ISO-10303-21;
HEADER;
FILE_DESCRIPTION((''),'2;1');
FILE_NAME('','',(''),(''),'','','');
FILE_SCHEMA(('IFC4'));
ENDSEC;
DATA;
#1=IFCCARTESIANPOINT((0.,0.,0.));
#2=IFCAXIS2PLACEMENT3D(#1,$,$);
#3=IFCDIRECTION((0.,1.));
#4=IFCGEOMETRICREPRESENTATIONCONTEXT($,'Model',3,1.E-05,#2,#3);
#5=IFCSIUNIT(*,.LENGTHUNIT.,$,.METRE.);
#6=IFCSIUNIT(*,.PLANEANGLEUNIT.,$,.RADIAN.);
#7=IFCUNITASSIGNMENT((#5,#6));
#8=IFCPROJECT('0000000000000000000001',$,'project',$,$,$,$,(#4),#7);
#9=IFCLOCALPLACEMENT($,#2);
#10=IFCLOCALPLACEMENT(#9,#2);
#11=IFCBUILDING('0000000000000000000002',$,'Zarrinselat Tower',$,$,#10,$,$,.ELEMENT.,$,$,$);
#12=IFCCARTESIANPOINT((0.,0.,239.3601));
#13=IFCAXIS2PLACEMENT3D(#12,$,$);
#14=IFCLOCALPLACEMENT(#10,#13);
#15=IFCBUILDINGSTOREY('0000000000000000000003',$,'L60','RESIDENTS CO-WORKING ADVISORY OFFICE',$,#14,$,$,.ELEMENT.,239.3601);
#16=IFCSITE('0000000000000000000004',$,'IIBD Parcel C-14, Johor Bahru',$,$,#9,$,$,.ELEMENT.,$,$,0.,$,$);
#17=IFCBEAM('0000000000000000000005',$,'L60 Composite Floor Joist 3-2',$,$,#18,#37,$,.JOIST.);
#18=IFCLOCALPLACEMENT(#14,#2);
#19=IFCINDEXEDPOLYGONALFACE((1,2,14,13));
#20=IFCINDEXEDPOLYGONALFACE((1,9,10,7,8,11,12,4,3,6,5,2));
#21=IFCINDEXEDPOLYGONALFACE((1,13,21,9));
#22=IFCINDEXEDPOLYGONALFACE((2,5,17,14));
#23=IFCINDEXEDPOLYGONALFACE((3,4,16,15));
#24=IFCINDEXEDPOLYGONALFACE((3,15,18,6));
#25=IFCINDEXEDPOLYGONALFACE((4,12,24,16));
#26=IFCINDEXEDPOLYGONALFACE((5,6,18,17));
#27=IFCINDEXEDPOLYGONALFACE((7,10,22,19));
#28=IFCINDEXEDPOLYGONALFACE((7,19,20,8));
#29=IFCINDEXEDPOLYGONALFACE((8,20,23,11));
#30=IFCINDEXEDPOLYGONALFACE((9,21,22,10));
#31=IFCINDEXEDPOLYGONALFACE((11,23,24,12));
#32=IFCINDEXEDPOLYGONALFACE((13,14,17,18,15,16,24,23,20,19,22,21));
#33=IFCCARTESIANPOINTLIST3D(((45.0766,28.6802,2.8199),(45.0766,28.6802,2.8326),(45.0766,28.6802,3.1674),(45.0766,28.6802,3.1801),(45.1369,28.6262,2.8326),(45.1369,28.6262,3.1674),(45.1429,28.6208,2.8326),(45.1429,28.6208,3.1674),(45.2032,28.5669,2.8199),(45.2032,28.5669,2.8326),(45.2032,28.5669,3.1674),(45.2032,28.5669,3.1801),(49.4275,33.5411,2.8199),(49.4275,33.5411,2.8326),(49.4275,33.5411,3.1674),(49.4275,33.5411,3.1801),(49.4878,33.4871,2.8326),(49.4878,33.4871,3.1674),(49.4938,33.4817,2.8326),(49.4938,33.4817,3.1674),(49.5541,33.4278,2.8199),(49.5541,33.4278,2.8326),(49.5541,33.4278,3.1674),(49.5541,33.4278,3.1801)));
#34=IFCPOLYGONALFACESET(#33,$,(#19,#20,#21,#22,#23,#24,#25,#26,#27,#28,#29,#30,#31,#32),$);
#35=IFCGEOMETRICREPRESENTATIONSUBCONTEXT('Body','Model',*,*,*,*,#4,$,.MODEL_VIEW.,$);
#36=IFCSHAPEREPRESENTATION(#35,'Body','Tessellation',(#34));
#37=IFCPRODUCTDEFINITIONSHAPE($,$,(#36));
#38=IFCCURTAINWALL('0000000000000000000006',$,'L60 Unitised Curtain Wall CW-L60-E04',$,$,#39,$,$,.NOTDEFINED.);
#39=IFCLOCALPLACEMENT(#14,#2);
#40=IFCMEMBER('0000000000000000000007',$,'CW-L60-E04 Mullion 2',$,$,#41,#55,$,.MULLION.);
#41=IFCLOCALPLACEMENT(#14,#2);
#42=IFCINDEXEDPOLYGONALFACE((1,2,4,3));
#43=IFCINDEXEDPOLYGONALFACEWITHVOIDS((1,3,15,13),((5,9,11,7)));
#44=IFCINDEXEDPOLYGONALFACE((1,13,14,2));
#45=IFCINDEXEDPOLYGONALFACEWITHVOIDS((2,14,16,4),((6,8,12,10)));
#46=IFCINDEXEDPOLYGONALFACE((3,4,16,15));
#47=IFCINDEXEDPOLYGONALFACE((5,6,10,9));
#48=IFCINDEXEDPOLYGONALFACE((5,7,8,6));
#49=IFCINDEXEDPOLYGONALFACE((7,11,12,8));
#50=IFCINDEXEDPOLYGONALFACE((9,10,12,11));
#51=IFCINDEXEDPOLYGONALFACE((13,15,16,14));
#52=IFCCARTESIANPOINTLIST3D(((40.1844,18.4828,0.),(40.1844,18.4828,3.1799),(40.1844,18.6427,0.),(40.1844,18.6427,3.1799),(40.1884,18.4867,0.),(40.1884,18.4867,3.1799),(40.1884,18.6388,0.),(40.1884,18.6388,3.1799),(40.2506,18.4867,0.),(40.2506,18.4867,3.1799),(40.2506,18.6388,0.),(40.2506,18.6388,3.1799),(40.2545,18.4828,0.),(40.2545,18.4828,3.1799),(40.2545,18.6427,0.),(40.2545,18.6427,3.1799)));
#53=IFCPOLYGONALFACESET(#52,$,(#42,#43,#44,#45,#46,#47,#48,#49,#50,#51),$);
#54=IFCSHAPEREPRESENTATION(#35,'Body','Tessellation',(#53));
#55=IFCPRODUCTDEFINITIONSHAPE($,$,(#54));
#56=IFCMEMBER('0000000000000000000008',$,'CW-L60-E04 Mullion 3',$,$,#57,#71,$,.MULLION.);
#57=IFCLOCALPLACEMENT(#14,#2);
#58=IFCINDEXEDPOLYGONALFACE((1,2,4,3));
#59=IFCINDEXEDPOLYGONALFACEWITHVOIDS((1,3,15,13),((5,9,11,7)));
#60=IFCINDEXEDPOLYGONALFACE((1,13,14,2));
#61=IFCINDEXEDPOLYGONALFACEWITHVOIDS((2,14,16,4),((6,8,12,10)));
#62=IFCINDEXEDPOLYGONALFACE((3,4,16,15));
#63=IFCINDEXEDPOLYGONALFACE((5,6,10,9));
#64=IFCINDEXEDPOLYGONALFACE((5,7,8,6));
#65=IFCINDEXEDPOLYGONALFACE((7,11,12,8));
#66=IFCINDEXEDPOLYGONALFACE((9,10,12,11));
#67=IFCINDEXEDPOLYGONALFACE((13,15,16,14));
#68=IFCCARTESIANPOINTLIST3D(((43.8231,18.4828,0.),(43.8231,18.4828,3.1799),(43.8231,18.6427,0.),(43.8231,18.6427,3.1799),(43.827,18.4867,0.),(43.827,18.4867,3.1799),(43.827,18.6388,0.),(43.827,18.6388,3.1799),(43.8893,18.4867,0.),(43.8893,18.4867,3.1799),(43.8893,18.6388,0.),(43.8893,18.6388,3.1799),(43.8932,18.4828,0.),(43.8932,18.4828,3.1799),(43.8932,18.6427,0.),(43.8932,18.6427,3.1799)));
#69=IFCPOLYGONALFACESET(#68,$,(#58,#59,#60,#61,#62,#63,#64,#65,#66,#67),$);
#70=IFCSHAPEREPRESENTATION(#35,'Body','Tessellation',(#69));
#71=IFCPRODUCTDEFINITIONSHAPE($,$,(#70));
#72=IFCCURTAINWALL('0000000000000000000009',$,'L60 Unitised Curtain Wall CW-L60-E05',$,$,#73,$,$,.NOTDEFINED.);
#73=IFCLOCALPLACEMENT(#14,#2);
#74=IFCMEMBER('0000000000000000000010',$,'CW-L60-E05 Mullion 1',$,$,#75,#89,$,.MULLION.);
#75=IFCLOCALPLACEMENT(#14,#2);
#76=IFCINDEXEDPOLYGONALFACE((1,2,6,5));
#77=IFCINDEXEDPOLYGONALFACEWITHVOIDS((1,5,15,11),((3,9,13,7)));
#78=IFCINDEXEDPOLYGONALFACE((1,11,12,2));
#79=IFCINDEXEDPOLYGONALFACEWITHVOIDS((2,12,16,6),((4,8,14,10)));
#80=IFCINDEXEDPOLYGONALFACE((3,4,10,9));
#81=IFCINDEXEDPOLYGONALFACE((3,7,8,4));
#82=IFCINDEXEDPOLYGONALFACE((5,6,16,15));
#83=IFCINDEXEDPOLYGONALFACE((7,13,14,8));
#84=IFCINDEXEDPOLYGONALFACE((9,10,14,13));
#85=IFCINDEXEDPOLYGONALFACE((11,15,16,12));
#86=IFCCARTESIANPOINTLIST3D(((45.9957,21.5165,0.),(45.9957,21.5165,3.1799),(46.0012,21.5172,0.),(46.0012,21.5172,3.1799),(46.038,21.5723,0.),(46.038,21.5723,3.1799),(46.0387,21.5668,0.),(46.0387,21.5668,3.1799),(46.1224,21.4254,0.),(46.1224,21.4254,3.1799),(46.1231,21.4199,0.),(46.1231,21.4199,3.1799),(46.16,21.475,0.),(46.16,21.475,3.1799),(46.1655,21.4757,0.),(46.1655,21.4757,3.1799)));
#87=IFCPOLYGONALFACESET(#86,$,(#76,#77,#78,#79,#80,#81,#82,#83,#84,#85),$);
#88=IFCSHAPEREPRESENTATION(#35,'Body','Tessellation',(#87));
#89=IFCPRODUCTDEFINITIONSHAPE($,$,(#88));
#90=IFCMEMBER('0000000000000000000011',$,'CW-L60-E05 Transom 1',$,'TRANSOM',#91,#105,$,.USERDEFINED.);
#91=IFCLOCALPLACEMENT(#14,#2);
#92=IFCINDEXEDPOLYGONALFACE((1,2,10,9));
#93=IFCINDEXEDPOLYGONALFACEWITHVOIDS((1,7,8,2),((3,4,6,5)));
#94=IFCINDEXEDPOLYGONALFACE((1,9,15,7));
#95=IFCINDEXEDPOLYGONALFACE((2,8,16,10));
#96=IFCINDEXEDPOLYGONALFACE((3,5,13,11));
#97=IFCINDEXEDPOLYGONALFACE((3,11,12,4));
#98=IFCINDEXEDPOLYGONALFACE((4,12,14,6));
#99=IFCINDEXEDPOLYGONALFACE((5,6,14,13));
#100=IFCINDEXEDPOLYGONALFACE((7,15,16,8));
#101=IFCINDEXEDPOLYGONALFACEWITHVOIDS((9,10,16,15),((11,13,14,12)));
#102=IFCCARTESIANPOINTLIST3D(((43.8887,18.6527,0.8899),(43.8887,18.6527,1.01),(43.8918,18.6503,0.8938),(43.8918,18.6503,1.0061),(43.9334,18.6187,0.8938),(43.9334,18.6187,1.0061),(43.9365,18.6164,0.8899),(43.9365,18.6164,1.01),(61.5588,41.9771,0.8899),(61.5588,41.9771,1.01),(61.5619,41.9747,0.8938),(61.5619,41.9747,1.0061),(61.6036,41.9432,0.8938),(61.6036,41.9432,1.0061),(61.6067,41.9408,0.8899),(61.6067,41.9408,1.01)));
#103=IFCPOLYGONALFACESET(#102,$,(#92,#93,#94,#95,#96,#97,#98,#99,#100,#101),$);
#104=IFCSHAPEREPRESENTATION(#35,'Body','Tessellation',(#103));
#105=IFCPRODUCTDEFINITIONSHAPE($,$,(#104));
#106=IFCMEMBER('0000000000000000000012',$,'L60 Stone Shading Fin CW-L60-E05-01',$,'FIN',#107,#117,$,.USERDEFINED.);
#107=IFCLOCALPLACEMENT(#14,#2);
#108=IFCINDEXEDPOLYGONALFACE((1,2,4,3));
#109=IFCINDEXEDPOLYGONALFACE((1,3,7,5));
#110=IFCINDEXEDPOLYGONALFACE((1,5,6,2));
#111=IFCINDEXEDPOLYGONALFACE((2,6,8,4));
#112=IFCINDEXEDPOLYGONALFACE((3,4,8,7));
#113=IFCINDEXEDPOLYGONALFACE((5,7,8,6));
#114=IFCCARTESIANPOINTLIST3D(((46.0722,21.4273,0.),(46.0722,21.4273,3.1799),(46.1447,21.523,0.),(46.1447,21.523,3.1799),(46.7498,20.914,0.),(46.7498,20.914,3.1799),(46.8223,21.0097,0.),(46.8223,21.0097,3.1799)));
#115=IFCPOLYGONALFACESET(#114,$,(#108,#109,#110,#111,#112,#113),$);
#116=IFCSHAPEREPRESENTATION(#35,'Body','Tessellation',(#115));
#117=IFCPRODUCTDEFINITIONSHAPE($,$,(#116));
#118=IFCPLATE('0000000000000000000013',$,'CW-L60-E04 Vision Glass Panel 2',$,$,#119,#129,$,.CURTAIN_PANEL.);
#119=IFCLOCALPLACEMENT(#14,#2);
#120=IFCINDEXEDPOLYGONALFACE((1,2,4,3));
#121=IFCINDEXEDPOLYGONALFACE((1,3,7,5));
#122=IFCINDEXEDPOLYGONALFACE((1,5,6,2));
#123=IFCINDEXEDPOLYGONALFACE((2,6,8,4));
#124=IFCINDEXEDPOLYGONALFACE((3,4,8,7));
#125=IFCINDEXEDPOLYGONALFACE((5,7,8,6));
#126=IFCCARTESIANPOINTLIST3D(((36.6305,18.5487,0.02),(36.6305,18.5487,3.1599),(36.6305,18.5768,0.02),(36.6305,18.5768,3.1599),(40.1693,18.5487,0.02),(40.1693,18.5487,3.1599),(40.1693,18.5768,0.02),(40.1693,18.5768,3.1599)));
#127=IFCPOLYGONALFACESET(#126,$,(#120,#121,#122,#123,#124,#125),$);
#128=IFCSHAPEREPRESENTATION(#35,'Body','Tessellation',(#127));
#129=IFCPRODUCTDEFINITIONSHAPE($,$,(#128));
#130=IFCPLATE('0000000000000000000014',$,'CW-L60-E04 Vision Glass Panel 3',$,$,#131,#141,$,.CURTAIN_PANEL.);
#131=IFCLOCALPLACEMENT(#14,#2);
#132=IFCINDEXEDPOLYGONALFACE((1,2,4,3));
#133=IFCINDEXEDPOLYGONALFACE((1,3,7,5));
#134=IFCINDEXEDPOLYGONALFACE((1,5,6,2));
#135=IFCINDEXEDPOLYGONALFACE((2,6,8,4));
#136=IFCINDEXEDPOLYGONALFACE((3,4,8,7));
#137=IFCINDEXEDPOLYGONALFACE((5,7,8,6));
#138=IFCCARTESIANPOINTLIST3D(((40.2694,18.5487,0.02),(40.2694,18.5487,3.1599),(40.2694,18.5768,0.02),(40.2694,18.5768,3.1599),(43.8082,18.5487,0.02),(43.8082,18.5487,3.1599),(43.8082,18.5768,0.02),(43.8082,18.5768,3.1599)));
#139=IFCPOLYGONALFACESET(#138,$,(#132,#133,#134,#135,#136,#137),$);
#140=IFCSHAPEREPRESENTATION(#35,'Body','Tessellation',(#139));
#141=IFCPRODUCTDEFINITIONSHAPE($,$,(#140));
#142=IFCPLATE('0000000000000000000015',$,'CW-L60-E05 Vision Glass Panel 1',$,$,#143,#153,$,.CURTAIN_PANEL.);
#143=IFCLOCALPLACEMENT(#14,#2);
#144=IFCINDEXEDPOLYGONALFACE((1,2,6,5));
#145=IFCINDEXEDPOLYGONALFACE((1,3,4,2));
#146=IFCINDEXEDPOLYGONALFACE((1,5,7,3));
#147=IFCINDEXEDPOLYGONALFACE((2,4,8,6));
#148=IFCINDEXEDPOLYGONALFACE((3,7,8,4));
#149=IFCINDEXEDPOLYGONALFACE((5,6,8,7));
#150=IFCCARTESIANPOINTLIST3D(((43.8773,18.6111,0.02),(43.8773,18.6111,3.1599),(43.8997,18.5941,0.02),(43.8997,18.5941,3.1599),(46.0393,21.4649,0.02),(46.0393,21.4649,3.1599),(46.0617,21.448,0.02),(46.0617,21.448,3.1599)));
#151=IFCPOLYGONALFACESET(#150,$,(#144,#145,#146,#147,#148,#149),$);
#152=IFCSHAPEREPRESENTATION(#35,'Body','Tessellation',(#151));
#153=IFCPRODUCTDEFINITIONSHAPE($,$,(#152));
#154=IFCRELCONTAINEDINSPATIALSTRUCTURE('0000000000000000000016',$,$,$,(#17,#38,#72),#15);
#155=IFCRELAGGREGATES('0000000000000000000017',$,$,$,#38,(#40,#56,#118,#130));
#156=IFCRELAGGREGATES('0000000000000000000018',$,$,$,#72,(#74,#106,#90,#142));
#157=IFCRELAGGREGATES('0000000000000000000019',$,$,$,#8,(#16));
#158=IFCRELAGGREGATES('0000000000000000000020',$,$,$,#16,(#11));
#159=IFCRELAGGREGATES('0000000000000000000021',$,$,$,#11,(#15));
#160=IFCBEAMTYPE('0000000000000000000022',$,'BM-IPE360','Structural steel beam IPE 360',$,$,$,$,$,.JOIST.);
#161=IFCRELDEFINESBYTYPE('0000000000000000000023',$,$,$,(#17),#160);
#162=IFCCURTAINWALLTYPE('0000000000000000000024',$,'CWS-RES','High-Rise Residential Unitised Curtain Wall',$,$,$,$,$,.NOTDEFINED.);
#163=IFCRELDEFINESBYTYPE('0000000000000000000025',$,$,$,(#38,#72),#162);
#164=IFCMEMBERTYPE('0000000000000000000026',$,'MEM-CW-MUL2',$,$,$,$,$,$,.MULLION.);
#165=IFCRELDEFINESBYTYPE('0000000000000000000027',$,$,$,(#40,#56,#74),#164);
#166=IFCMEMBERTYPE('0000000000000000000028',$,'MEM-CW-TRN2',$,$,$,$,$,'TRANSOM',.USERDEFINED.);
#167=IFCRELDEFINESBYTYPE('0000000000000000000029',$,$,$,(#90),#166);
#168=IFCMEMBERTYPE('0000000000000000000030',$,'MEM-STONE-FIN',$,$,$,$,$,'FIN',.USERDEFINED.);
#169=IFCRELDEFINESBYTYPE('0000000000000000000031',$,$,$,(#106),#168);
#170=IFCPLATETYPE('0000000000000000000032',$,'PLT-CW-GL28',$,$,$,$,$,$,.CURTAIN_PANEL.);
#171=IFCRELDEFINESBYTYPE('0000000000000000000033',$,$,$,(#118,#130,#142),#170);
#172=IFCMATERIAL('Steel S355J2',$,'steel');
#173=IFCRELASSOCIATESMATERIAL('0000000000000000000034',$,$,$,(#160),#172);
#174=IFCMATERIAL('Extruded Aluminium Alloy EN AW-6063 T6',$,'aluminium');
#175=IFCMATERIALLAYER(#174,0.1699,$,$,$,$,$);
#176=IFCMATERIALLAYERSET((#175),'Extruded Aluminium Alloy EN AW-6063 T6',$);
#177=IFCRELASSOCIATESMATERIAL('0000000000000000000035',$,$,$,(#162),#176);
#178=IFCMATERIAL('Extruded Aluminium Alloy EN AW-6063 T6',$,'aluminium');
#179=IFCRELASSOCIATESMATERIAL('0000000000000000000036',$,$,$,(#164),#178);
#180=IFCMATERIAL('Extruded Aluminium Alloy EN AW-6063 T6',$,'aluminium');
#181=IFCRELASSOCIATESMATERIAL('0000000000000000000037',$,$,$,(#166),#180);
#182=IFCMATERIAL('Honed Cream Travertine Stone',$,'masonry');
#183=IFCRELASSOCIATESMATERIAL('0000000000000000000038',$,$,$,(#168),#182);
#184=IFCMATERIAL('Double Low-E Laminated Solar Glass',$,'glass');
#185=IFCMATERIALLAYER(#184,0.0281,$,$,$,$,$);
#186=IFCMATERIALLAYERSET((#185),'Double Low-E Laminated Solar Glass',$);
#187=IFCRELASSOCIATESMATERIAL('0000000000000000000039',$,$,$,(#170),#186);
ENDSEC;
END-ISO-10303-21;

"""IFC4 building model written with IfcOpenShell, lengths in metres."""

from ifc_helpers import new_model, si_unit, direction, frame, origin, origin_2d, place, context, subcontext, project, spatial, rectangle, hollow_rectangle, i_section, extrude, material, layer, layer_set, material_profile, profile_set, type_object, element, aggregate, save


model = new_model("IFC4")

# Units and contexts
model_context = context("Model", 3, precision=1e-05, world=origin(), true_north=direction((0.0, 1.0)))
body_context = subcontext(model_context, "Body", "Model", "MODEL_VIEW")
ifc_project = project(units=[si_unit("LENGTHUNIT", "METRE"), si_unit("PLANEANGLEUNIT", "RADIAN")], contexts=[model_context])

# Site, building, storey
site_placement = place(None, origin())
site = spatial("IfcSite", under=ifc_project, at=site_placement, Name="IIBD Parcel C-14, Johor Bahru", CompositionType="ELEMENT", RefElevation=0.0)
building_placement = place(site_placement, origin())
building = spatial("IfcBuilding", under=site, at=building_placement, Name="Zarrinselat Tower", CompositionType="ELEMENT")
storey_placement = place(building_placement, frame((0.0, 0.0, 239.3601)))
storey = spatial("IfcBuildingStorey", under=building, at=storey_placement, Name="L60", Description="RESIDENTS CO-WORKING ADVISORY OFFICE", CompositionType="ELEMENT", Elevation=239.3601)

# Beam
ifc_material_1 = material(Name="Steel S355J2", Category="steel")
ifc_material_profile_1 = material_profile(ifc_material_1, i_section(OverallWidth=0.1699, OverallDepth=0.3601, WebThickness=0.0081, FlangeThickness=0.0127, at=origin_2d()), Name="IPE 360")
ifc_profile_set_1 = profile_set([ifc_material_profile_1], Name="Steel S355J2")
beam_type_1 = type_object("IfcBeamType", Name="BM-IPE360", Description="Structural steel beam IPE 360", PredefinedType="JOIST", material=ifc_profile_set_1)
beam_1_placement = place(storey_placement, frame((45.1399, 28.6235, 3.0), z_axis=(0.666936, 0.745115, 0.0), x_axis=(-0.745115, 0.666936, 0.0)))
element("IfcBeam", 1, at=beam_1_placement, inside=storey, type_object=beam_type_1, Name="L60 Composite Floor Joist 3-2", PredefinedType="JOIST", context=body_context, shape_type="SweptSolid", body=[
    extrude(i_section(OverallWidth=0.1699, OverallDepth=0.3601, WebThickness=0.0081, FlangeThickness=0.0127, at=origin_2d()), origin(), (0.0, 0.0, 1.0), 6.5237),
])

# Curtain walls, members
ifc_material_2 = material(Name="Extruded Aluminium Alloy EN AW-6063 T6", Category="aluminium")
ifc_layer_1 = layer(ifc_material_2, 0.1699)
ifc_layer_set_1 = layer_set([ifc_layer_1], Name="Extruded Aluminium Alloy EN AW-6063 T6")
curtain_wall_type = type_object("IfcCurtainWallType", Name="CWS-RES", Description="High-Rise Residential Unitised Curtain Wall", PredefinedType="NOTDEFINED", material=ifc_layer_set_1)
curtain_wall_1_placement = place(storey_placement, origin())
curtain_wall_1 = element("IfcCurtainWall", 2, at=curtain_wall_1_placement, inside=storey, type_object=curtain_wall_type, Name="L60 Unitised Curtain Wall CW-L60-E04", PredefinedType="NOTDEFINED")
ifc_material_3 = material(Name="Extruded Aluminium Alloy EN AW-6063 T6", Category="aluminium")
ifc_material_profile_2 = material_profile(ifc_material_3, hollow_rectangle(XDim=0.0701, YDim=0.1599, WallThickness=0.0039, at=origin_2d()), Name="RHS 160x70x4")
ifc_profile_set_2 = profile_set([ifc_material_profile_2], Name="Extruded Aluminium Alloy EN AW-6063 T6")
member_type_1 = type_object("IfcMemberType", Name="MEM-CW-MUL2", PredefinedType="MULLION", material=ifc_profile_set_2)
member_1_placement = place(storey_placement, frame((40.2195, 18.5627, 0.0), z_axis=(0.0, 0.0, 1.0), x_axis=(1.0, 0.0, 0.0)))
member_1 = element("IfcMember", 3, at=member_1_placement, type_object=member_type_1, Name="CW-L60-E04 Mullion 2", PredefinedType="MULLION", context=body_context, shape_type="SweptSolid", body=[
    extrude(hollow_rectangle(XDim=0.0701, YDim=0.1599, WallThickness=0.0039, at=origin_2d()), origin(), (0.0, 0.0, 1.0), 3.1799),
])
member_2_placement = place(storey_placement, frame((43.8582, 18.5627, 0.0), z_axis=(0.0, 0.0, 1.0), x_axis=(1.0, 0.0, 0.0)))
member_2 = element("IfcMember", 4, at=member_2_placement, type_object=member_type_1, Name="CW-L60-E04 Mullion 3", PredefinedType="MULLION", context=body_context, shape_type="SweptSolid", body=[
    extrude(hollow_rectangle(XDim=0.0701, YDim=0.1599, WallThickness=0.0039, at=origin_2d()), origin(), (0.0, 0.0, 1.0), 3.1799),
])
curtain_wall_2_placement = place(storey_placement, origin())
curtain_wall_2 = element("IfcCurtainWall", 5, at=curtain_wall_2_placement, inside=storey, type_object=curtain_wall_type, Name="L60 Unitised Curtain Wall CW-L60-E05", PredefinedType="NOTDEFINED")
member_3_placement = place(storey_placement, frame((46.0806, 21.4961, 0.0), z_axis=(0.0, 0.0, 1.0), x_axis=(0.603858, 0.797092, 0.0)))
member_3 = element("IfcMember", 6, at=member_3_placement, type_object=member_type_1, Name="CW-L60-E05 Mullion 1", PredefinedType="MULLION", context=body_context, shape_type="SweptSolid", body=[
    extrude(hollow_rectangle(XDim=0.0701, YDim=0.1599, WallThickness=0.0039, at=origin_2d()), origin(), (0.0, 0.0, 1.0), 3.1799),
])
ifc_material_4 = material(Name="Extruded Aluminium Alloy EN AW-6063 T6", Category="aluminium")
ifc_material_profile_3 = material_profile(ifc_material_4, hollow_rectangle(XDim=0.0601, YDim=0.1201, WallThickness=0.0039, at=origin_2d()), Name="RHS 120x60x4")
ifc_profile_set_3 = profile_set([ifc_material_profile_3], Name="Extruded Aluminium Alloy EN AW-6063 T6")
member_type_2 = type_object("IfcMemberType", Name="MEM-CW-TRN2", ElementType="TRANSOM", PredefinedType="USERDEFINED", material=ifc_profile_set_3)
member_4_placement = place(storey_placement, frame((43.9126, 18.6345, 0.95), z_axis=(0.60386, 0.79709, 0.0), x_axis=(-0.79709, 0.60386, 0.0)))
member_4 = element("IfcMember", 7, at=member_4_placement, type_object=member_type_2, Name="CW-L60-E05 Transom 1", ObjectType="TRANSOM", PredefinedType="USERDEFINED", context=body_context, shape_type="SweptSolid", body=[
    extrude(hollow_rectangle(XDim=0.0601, YDim=0.1201, WallThickness=0.0039, at=origin_2d()), origin(), (0.0, 0.0, 1.0), 29.262),
])
ifc_material_5 = material(Name="Honed Cream Travertine Stone", Category="masonry")
ifc_material_profile_4 = material_profile(ifc_material_5, rectangle(XDim=0.1201, YDim=0.8501, at=origin_2d()), Name="FIN 850x120")
ifc_profile_set_4 = profile_set([ifc_material_profile_4], Name="Honed Cream Travertine Stone")
member_type_3 = type_object("IfcMemberType", Name="MEM-STONE-FIN", ElementType="FIN", PredefinedType="USERDEFINED", material=ifc_profile_set_4)
member_5_placement = place(storey_placement, frame((46.4473, 21.2185, 0.0), z_axis=(0.0, 0.0, 1.0), x_axis=(-0.603858, -0.797092, 0.0)))
member_5 = element("IfcMember", 8, at=member_5_placement, type_object=member_type_3, Name="L60 Stone Shading Fin CW-L60-E05-01", ObjectType="FIN", PredefinedType="USERDEFINED", context=body_context, shape_type="SweptSolid", body=[
    extrude(rectangle(XDim=0.1201, YDim=0.8501, at=origin_2d()), origin(), (0.0, 0.0, 1.0), 3.1799),
])

# Plates
ifc_material_6 = material(Name="Double Low-E Laminated Solar Glass", Category="glass")
ifc_layer_2 = layer(ifc_material_6, 0.0281)
ifc_layer_set_2 = layer_set([ifc_layer_2], Name="Double Low-E Laminated Solar Glass")
plate_type = type_object("IfcPlateType", Name="PLT-CW-GL28", PredefinedType="CURTAIN_PANEL", material=ifc_layer_set_2)
plate_1_placement = place(storey_placement, frame((38.3999, 18.5627, 0.02), z_axis=(0.0, 0.0, 1.0), x_axis=(1.0, 0.0, 0.0)))
plate_1 = element("IfcPlate", 9, at=plate_1_placement, type_object=plate_type, Name="CW-L60-E04 Vision Glass Panel 2", PredefinedType="CURTAIN_PANEL", context=body_context, shape_type="SweptSolid", body=[
    extrude(rectangle(XDim=3.5388, YDim=0.0281, at=origin_2d()), origin(), (0.0, 0.0, 1.0), 3.1399),
])
plate_2_placement = place(storey_placement, frame((42.0388, 18.5627, 0.02), z_axis=(0.0, 0.0, 1.0), x_axis=(1.0, 0.0, 0.0)))
plate_2 = element("IfcPlate", 10, at=plate_2_placement, type_object=plate_type, Name="CW-L60-E04 Vision Glass Panel 3", PredefinedType="CURTAIN_PANEL", context=body_context, shape_type="SweptSolid", body=[
    extrude(rectangle(XDim=3.5388, YDim=0.0281, at=origin_2d()), origin(), (0.0, 0.0, 1.0), 3.1399),
])
aggregate(curtain_wall_1, [member_1, member_2, plate_1, plate_2])
plate_3_placement = place(storey_placement, frame((44.9695, 20.0295, 0.02), z_axis=(0.0, 0.0, 1.0), x_axis=(0.603858, 0.797092, 0.0)))
plate_3 = element("IfcPlate", 11, at=plate_3_placement, type_object=plate_type, Name="CW-L60-E05 Vision Glass Panel 1", PredefinedType="CURTAIN_PANEL", context=body_context, shape_type="SweptSolid", body=[
    extrude(rectangle(XDim=3.5803, YDim=0.0281, at=origin_2d()), origin(), (0.0, 0.0, 1.0), 3.1399),
])
aggregate(curtain_wall_2, [member_3, member_5, member_4, plate_3])

save(model, "model.ifc")
